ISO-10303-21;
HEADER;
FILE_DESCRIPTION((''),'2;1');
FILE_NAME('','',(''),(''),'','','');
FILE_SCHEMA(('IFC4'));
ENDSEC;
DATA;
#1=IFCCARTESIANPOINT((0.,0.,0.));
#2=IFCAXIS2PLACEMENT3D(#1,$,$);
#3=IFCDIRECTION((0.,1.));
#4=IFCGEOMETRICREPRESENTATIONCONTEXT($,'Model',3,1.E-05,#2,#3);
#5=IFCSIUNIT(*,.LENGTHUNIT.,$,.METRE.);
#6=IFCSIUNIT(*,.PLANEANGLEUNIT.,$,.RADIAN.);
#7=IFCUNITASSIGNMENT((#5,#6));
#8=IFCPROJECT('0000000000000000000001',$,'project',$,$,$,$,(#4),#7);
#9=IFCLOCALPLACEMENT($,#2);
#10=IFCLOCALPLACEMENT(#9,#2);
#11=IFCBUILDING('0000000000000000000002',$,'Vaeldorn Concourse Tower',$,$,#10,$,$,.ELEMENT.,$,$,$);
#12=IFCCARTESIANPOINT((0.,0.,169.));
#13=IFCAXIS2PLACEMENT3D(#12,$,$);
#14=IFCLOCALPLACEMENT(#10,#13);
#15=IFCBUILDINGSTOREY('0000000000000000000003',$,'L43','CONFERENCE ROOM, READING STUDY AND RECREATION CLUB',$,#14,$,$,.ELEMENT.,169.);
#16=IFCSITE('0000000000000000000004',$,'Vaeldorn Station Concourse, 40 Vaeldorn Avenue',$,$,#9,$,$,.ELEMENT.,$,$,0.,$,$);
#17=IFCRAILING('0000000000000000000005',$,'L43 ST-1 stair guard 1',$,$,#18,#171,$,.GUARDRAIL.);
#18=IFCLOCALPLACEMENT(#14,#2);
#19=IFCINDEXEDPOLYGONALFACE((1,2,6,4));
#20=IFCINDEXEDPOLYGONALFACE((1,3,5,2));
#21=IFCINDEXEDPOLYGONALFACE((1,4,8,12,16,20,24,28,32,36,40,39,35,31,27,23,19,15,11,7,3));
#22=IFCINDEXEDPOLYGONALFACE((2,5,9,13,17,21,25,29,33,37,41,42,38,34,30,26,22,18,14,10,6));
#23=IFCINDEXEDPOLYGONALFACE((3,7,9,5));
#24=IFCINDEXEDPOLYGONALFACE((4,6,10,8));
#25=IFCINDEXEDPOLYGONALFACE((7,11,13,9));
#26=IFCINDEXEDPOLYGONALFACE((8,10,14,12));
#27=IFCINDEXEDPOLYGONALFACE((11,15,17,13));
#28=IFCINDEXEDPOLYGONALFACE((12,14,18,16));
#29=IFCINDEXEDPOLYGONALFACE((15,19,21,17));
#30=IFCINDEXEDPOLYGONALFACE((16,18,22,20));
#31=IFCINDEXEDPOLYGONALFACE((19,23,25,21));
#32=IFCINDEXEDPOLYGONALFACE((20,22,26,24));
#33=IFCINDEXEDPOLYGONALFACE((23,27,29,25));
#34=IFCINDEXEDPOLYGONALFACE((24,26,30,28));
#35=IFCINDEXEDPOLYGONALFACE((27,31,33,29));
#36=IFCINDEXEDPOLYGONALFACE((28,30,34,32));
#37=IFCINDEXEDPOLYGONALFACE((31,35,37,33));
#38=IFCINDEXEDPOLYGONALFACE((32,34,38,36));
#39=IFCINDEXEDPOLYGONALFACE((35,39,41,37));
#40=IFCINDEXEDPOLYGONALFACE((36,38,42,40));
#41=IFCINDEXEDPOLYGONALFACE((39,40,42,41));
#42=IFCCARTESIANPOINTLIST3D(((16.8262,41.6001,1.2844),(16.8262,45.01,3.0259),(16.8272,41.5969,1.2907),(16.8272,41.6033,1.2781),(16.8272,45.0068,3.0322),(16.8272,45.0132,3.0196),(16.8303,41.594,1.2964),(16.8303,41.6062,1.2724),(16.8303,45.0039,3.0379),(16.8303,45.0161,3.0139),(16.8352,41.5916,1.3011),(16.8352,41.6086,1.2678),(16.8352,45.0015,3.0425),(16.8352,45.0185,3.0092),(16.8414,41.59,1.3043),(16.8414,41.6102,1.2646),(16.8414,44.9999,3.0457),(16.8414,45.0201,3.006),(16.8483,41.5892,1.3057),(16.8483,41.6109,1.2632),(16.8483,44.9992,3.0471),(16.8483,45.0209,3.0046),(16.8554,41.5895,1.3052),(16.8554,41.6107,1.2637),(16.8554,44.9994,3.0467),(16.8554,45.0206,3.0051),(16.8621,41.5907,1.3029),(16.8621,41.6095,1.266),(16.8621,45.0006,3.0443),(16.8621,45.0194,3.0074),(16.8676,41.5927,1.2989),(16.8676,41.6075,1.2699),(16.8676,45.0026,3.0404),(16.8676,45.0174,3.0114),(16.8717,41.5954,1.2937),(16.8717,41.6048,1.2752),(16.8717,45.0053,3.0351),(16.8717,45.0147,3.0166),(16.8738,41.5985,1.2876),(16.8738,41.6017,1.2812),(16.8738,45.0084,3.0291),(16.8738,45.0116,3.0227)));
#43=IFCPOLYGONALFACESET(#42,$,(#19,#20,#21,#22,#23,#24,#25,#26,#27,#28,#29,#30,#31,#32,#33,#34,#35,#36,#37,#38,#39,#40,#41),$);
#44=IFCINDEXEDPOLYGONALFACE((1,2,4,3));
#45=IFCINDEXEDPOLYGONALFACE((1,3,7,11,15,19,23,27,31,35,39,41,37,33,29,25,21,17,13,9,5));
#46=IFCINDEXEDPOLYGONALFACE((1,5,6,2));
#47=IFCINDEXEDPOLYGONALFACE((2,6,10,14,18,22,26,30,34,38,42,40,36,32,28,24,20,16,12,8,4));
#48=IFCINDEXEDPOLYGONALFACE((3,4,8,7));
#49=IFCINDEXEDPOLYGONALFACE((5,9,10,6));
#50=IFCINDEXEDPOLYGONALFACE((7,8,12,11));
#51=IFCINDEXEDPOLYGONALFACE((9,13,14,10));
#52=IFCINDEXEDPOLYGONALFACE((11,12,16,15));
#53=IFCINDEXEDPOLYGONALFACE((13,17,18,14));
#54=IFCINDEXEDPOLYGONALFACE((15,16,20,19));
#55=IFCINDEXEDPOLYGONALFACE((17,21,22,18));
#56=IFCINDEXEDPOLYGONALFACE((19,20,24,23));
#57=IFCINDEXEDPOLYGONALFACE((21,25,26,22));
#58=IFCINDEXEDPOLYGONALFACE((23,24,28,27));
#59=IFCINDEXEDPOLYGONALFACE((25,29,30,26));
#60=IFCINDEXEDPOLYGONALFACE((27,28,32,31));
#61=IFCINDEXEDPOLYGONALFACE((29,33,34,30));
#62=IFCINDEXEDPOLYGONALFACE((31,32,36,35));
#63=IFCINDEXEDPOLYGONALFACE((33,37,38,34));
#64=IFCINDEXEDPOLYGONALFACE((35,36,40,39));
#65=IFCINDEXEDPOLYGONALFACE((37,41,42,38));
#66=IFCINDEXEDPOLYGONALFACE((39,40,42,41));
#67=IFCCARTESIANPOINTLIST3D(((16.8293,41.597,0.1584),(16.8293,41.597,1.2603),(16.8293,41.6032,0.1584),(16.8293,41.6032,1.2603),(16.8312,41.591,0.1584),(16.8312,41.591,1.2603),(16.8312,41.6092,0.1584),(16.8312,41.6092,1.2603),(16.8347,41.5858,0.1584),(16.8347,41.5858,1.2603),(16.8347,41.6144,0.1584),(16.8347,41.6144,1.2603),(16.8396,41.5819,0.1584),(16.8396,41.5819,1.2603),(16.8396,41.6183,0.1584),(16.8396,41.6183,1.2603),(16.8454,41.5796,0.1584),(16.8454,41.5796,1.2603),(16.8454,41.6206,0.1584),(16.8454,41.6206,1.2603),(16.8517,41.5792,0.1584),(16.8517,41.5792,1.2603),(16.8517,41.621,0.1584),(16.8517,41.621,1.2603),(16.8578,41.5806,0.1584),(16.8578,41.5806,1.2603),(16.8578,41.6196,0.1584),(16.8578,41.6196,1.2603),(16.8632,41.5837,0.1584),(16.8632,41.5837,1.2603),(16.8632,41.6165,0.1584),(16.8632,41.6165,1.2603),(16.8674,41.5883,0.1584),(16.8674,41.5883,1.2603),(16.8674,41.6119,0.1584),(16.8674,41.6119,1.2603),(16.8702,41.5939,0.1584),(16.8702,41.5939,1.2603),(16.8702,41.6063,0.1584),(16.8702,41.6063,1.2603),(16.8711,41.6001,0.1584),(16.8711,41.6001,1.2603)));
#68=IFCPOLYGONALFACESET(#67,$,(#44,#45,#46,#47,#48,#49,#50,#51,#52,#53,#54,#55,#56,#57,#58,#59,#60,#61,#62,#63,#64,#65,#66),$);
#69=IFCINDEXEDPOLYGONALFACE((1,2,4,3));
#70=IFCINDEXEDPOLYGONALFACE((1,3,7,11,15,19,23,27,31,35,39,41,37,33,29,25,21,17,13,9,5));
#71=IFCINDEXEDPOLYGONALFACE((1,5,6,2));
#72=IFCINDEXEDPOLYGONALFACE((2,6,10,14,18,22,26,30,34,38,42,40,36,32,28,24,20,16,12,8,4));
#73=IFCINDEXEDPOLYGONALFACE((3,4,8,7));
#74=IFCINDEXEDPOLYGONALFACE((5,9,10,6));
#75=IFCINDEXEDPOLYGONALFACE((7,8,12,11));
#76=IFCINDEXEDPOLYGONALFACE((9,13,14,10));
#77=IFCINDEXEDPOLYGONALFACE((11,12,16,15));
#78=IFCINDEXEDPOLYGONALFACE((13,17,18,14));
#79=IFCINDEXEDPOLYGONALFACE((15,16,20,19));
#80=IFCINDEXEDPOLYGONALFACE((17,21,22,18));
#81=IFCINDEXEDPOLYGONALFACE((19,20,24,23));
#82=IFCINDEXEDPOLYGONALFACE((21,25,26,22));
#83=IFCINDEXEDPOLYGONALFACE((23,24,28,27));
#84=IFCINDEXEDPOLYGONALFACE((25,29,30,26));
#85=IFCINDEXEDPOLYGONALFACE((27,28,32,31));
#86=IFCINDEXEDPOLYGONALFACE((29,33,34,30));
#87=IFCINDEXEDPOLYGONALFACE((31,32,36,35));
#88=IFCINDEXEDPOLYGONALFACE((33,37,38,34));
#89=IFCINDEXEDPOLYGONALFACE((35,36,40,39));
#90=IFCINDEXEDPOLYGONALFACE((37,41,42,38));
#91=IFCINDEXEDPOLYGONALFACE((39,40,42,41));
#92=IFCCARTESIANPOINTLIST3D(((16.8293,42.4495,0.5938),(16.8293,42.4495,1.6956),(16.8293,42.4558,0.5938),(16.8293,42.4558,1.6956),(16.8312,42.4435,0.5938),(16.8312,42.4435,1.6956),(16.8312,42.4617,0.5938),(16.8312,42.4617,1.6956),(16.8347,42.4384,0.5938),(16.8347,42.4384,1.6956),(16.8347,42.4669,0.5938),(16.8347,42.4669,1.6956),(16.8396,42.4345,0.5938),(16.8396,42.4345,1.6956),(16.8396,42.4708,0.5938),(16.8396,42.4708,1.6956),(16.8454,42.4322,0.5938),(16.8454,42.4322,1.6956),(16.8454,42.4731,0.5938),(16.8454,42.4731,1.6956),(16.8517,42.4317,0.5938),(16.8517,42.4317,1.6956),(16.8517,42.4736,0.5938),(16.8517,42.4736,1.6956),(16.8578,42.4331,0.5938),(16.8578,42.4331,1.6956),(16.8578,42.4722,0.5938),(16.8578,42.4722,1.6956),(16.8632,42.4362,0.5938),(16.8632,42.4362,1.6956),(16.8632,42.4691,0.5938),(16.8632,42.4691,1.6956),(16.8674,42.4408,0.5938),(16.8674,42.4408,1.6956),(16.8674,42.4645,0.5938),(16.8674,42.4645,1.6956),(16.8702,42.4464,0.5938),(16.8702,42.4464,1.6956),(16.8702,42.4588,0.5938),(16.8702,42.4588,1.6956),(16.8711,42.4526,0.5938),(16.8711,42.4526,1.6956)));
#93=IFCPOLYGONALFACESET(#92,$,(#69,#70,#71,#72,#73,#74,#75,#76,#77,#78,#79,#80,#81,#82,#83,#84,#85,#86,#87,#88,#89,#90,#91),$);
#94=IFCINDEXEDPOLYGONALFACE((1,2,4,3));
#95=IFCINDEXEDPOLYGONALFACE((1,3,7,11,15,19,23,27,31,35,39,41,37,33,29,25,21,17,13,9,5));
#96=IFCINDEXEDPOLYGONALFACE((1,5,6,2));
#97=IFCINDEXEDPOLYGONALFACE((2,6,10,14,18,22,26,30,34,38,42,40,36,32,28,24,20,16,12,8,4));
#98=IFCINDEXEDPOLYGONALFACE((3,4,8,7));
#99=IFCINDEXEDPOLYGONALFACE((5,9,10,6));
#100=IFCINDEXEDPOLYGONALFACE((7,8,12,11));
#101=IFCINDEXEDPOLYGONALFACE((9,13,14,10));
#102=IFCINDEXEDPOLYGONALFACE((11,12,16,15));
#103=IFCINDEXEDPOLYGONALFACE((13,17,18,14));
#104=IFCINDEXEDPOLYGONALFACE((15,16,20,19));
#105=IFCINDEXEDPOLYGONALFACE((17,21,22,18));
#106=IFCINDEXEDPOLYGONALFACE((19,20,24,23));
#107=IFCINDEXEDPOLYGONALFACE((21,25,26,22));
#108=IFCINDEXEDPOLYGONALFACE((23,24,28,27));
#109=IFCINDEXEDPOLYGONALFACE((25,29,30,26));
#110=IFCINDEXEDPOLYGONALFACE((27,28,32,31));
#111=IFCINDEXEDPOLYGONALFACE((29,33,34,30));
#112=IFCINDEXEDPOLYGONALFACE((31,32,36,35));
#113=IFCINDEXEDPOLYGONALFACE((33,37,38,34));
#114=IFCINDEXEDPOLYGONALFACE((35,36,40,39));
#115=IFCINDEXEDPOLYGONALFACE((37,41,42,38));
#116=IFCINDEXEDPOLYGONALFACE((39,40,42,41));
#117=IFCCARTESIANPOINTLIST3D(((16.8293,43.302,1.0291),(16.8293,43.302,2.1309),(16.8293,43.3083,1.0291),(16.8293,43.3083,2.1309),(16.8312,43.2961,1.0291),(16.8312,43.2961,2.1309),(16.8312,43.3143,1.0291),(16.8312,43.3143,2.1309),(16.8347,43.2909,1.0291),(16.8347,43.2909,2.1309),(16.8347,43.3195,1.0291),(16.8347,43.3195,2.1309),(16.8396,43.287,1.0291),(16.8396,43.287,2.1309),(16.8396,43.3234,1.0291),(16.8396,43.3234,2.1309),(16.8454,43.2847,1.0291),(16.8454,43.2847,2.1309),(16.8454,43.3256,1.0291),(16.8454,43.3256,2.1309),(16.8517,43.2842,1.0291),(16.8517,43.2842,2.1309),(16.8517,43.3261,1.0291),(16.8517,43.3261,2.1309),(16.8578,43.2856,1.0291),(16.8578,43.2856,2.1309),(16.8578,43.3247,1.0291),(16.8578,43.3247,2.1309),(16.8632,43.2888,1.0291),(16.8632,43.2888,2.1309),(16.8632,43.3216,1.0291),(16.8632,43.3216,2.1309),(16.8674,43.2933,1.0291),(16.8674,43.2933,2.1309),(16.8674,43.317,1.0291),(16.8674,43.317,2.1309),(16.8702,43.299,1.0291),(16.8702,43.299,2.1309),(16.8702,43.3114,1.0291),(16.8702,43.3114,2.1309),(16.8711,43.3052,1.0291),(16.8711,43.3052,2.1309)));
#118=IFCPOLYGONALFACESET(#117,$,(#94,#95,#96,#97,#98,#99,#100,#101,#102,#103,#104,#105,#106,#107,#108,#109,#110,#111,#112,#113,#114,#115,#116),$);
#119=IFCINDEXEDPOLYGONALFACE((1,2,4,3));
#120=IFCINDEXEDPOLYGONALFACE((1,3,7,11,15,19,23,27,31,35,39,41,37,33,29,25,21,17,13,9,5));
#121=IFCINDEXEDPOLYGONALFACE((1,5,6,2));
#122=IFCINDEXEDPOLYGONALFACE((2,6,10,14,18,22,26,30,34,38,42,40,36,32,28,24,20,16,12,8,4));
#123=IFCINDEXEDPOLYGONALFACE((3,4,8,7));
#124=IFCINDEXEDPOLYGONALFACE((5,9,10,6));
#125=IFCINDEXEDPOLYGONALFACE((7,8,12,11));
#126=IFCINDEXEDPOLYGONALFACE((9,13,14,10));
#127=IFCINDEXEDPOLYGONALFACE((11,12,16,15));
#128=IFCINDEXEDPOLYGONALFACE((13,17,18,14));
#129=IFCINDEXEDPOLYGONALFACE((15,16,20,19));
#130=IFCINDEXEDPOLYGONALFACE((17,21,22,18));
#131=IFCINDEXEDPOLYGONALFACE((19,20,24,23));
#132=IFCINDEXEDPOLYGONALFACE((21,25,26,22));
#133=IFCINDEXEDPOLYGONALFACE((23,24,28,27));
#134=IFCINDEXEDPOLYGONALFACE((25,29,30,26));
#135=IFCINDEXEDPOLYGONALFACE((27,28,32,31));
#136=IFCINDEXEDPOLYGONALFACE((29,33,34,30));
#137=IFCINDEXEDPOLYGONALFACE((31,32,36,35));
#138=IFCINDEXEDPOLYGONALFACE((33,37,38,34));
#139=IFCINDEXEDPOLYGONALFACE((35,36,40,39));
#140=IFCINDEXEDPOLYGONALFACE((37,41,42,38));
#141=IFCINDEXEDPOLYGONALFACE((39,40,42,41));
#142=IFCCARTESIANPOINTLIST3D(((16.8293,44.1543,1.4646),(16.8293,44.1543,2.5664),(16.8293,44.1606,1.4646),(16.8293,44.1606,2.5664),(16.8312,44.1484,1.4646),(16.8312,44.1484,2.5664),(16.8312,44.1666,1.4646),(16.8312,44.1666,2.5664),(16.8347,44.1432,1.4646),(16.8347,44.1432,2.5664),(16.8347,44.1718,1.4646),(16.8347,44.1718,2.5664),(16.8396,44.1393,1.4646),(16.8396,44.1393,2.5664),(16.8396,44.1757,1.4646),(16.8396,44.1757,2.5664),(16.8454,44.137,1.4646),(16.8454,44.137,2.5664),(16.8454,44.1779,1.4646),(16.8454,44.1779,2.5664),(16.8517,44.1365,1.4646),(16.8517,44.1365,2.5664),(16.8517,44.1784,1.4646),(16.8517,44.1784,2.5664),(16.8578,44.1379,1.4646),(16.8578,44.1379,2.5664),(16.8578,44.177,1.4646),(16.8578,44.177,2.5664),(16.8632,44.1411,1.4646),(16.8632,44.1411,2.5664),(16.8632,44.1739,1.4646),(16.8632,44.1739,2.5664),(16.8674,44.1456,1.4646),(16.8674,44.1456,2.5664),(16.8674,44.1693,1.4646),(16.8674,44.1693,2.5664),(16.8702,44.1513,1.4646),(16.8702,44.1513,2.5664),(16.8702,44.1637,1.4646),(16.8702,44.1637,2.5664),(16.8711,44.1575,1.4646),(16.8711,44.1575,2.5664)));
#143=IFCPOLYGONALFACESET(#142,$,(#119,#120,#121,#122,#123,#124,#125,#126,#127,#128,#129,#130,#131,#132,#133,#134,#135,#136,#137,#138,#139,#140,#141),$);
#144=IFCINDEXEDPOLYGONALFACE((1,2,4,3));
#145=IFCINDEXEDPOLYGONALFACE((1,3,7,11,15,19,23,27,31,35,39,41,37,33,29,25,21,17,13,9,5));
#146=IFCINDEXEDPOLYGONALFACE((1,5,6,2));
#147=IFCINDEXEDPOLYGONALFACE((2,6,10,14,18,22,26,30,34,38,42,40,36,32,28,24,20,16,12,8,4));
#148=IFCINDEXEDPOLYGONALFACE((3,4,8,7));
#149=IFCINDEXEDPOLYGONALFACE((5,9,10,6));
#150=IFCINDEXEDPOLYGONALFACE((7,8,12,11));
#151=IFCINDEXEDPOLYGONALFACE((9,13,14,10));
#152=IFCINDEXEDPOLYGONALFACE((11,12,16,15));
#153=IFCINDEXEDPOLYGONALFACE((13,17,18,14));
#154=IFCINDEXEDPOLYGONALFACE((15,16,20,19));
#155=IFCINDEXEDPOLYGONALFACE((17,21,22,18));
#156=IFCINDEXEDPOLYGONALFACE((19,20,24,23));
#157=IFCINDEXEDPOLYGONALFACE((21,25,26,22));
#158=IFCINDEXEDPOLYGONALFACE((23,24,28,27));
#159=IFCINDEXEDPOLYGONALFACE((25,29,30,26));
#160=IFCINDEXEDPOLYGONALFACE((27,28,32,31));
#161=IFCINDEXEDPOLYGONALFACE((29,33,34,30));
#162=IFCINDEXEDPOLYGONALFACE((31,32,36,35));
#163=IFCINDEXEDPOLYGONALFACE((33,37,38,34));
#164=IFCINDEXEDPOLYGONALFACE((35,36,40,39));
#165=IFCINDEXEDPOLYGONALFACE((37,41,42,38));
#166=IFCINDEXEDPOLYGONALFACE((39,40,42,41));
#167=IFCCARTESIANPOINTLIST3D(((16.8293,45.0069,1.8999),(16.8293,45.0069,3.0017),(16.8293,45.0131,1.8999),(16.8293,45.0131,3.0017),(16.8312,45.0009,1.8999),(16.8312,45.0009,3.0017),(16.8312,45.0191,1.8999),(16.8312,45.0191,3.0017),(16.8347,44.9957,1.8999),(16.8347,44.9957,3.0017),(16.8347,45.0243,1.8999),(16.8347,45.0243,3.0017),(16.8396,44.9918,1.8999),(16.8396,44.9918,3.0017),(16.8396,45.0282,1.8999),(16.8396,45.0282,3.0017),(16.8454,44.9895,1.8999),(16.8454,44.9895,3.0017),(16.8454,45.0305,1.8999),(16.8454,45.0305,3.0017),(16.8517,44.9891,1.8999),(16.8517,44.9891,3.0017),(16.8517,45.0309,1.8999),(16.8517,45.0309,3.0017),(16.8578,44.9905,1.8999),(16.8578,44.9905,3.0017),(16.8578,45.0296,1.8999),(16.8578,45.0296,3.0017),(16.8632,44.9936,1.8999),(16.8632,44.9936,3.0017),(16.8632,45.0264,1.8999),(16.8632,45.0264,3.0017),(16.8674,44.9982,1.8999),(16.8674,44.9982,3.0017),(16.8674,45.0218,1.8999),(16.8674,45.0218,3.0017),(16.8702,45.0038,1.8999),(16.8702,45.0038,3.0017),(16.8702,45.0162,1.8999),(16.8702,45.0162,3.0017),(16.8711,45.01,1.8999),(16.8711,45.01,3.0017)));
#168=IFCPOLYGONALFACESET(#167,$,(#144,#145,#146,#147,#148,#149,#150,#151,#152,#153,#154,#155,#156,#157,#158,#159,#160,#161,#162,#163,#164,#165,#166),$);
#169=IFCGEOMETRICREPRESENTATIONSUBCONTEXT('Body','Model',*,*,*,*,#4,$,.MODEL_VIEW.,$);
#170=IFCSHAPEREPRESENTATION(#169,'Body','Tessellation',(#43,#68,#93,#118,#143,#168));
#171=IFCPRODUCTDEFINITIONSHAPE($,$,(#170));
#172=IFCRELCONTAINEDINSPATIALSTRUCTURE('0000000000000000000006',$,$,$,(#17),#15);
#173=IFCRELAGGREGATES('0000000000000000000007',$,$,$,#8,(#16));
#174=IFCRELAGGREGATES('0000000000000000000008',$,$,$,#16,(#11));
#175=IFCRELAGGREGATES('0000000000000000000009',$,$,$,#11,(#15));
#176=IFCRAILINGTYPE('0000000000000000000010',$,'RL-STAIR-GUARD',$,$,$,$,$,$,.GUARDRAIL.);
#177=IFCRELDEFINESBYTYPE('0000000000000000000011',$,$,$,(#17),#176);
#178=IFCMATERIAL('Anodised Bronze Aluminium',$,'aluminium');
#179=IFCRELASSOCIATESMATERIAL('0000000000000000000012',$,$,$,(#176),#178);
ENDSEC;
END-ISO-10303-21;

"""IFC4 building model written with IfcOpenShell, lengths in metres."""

from ifc_helpers import new_model, si_unit, direction, frame, origin, origin_2d, place, context, subcontext, project, spatial, circle, extrude, material, type_object, element, save


model = new_model("IFC4")

# Units and contexts
model_context = context("Model", 3, precision=1e-05, world=origin(), true_north=direction((0.0, 1.0)))
body_context = subcontext(model_context, "Body", "Model", "MODEL_VIEW")
ifc_project = project(units=[si_unit("LENGTHUNIT", "METRE"), si_unit("PLANEANGLEUNIT", "RADIAN")], contexts=[model_context])

# Site, building, storey
site_placement = place(None, origin())
site = spatial("IfcSite", under=ifc_project, at=site_placement, Name="Vaeldorn Station Concourse, 40 Vaeldorn Avenue", CompositionType="ELEMENT", RefElevation=0.0)
building_placement = place(site_placement, origin())
building = spatial("IfcBuilding", under=site, at=building_placement, Name="Vaeldorn Concourse Tower", CompositionType="ELEMENT")
storey_placement = place(building_placement, frame((0.0, 0.0, 169.0)))
storey = spatial("IfcBuildingStorey", under=building, at=storey_placement, Name="L43", Description="CONFERENCE ROOM, READING STUDY AND RECREATION CLUB", CompositionType="ELEMENT", Elevation=169.0)

# Railing
ifc_material_1 = material(Name="Anodised Bronze Aluminium", Category="aluminium")
railing_type_1 = type_object("IfcRailingType", Name="RL-STAIR-GUARD", PredefinedType="GUARDRAIL", material=ifc_material_1)
railing_1_placement = place(storey_placement, frame((16.8501, 41.6001, 0.1584)))
element("IfcRailing", 1, at=railing_1_placement, inside=storey, type_object=railing_type_1, Name="L43 ST-1 stair guard 1", PredefinedType="GUARDRAIL", context=body_context, shape_type="SweptSolid", body=[
    extrude(circle(Radius=0.0239, at=origin_2d()), frame((0.0, 0.0, 1.126), z_axis=(0.0, 0.890582, 0.454823), x_axis=(-1.0, 0.0, 0.0)), (0.0, 0.0, 1.0), 3.8289),
    extrude(circle(Radius=0.021, at=origin_2d()), origin(), (0.0, 0.0, 1.0), 1.1018),
    extrude(circle(Radius=0.021, at=origin_2d()), frame((0.0, 0.8525, 0.4353)), (0.0, 0.0, 1.0), 1.1018),
    extrude(circle(Radius=0.021, at=origin_2d()), frame((0.0, 1.7051, 0.8706)), (0.0, 0.0, 1.0), 1.1018),
    extrude(circle(Radius=0.021, at=origin_2d()), frame((0.0, 2.5574, 1.3062)), (0.0, 0.0, 1.0), 1.1018),
    extrude(circle(Radius=0.021, at=origin_2d()), frame((0.0, 3.4099, 1.7415)), (0.0, 0.0, 1.0), 1.1018),
])

save(model, "model.ifc")
